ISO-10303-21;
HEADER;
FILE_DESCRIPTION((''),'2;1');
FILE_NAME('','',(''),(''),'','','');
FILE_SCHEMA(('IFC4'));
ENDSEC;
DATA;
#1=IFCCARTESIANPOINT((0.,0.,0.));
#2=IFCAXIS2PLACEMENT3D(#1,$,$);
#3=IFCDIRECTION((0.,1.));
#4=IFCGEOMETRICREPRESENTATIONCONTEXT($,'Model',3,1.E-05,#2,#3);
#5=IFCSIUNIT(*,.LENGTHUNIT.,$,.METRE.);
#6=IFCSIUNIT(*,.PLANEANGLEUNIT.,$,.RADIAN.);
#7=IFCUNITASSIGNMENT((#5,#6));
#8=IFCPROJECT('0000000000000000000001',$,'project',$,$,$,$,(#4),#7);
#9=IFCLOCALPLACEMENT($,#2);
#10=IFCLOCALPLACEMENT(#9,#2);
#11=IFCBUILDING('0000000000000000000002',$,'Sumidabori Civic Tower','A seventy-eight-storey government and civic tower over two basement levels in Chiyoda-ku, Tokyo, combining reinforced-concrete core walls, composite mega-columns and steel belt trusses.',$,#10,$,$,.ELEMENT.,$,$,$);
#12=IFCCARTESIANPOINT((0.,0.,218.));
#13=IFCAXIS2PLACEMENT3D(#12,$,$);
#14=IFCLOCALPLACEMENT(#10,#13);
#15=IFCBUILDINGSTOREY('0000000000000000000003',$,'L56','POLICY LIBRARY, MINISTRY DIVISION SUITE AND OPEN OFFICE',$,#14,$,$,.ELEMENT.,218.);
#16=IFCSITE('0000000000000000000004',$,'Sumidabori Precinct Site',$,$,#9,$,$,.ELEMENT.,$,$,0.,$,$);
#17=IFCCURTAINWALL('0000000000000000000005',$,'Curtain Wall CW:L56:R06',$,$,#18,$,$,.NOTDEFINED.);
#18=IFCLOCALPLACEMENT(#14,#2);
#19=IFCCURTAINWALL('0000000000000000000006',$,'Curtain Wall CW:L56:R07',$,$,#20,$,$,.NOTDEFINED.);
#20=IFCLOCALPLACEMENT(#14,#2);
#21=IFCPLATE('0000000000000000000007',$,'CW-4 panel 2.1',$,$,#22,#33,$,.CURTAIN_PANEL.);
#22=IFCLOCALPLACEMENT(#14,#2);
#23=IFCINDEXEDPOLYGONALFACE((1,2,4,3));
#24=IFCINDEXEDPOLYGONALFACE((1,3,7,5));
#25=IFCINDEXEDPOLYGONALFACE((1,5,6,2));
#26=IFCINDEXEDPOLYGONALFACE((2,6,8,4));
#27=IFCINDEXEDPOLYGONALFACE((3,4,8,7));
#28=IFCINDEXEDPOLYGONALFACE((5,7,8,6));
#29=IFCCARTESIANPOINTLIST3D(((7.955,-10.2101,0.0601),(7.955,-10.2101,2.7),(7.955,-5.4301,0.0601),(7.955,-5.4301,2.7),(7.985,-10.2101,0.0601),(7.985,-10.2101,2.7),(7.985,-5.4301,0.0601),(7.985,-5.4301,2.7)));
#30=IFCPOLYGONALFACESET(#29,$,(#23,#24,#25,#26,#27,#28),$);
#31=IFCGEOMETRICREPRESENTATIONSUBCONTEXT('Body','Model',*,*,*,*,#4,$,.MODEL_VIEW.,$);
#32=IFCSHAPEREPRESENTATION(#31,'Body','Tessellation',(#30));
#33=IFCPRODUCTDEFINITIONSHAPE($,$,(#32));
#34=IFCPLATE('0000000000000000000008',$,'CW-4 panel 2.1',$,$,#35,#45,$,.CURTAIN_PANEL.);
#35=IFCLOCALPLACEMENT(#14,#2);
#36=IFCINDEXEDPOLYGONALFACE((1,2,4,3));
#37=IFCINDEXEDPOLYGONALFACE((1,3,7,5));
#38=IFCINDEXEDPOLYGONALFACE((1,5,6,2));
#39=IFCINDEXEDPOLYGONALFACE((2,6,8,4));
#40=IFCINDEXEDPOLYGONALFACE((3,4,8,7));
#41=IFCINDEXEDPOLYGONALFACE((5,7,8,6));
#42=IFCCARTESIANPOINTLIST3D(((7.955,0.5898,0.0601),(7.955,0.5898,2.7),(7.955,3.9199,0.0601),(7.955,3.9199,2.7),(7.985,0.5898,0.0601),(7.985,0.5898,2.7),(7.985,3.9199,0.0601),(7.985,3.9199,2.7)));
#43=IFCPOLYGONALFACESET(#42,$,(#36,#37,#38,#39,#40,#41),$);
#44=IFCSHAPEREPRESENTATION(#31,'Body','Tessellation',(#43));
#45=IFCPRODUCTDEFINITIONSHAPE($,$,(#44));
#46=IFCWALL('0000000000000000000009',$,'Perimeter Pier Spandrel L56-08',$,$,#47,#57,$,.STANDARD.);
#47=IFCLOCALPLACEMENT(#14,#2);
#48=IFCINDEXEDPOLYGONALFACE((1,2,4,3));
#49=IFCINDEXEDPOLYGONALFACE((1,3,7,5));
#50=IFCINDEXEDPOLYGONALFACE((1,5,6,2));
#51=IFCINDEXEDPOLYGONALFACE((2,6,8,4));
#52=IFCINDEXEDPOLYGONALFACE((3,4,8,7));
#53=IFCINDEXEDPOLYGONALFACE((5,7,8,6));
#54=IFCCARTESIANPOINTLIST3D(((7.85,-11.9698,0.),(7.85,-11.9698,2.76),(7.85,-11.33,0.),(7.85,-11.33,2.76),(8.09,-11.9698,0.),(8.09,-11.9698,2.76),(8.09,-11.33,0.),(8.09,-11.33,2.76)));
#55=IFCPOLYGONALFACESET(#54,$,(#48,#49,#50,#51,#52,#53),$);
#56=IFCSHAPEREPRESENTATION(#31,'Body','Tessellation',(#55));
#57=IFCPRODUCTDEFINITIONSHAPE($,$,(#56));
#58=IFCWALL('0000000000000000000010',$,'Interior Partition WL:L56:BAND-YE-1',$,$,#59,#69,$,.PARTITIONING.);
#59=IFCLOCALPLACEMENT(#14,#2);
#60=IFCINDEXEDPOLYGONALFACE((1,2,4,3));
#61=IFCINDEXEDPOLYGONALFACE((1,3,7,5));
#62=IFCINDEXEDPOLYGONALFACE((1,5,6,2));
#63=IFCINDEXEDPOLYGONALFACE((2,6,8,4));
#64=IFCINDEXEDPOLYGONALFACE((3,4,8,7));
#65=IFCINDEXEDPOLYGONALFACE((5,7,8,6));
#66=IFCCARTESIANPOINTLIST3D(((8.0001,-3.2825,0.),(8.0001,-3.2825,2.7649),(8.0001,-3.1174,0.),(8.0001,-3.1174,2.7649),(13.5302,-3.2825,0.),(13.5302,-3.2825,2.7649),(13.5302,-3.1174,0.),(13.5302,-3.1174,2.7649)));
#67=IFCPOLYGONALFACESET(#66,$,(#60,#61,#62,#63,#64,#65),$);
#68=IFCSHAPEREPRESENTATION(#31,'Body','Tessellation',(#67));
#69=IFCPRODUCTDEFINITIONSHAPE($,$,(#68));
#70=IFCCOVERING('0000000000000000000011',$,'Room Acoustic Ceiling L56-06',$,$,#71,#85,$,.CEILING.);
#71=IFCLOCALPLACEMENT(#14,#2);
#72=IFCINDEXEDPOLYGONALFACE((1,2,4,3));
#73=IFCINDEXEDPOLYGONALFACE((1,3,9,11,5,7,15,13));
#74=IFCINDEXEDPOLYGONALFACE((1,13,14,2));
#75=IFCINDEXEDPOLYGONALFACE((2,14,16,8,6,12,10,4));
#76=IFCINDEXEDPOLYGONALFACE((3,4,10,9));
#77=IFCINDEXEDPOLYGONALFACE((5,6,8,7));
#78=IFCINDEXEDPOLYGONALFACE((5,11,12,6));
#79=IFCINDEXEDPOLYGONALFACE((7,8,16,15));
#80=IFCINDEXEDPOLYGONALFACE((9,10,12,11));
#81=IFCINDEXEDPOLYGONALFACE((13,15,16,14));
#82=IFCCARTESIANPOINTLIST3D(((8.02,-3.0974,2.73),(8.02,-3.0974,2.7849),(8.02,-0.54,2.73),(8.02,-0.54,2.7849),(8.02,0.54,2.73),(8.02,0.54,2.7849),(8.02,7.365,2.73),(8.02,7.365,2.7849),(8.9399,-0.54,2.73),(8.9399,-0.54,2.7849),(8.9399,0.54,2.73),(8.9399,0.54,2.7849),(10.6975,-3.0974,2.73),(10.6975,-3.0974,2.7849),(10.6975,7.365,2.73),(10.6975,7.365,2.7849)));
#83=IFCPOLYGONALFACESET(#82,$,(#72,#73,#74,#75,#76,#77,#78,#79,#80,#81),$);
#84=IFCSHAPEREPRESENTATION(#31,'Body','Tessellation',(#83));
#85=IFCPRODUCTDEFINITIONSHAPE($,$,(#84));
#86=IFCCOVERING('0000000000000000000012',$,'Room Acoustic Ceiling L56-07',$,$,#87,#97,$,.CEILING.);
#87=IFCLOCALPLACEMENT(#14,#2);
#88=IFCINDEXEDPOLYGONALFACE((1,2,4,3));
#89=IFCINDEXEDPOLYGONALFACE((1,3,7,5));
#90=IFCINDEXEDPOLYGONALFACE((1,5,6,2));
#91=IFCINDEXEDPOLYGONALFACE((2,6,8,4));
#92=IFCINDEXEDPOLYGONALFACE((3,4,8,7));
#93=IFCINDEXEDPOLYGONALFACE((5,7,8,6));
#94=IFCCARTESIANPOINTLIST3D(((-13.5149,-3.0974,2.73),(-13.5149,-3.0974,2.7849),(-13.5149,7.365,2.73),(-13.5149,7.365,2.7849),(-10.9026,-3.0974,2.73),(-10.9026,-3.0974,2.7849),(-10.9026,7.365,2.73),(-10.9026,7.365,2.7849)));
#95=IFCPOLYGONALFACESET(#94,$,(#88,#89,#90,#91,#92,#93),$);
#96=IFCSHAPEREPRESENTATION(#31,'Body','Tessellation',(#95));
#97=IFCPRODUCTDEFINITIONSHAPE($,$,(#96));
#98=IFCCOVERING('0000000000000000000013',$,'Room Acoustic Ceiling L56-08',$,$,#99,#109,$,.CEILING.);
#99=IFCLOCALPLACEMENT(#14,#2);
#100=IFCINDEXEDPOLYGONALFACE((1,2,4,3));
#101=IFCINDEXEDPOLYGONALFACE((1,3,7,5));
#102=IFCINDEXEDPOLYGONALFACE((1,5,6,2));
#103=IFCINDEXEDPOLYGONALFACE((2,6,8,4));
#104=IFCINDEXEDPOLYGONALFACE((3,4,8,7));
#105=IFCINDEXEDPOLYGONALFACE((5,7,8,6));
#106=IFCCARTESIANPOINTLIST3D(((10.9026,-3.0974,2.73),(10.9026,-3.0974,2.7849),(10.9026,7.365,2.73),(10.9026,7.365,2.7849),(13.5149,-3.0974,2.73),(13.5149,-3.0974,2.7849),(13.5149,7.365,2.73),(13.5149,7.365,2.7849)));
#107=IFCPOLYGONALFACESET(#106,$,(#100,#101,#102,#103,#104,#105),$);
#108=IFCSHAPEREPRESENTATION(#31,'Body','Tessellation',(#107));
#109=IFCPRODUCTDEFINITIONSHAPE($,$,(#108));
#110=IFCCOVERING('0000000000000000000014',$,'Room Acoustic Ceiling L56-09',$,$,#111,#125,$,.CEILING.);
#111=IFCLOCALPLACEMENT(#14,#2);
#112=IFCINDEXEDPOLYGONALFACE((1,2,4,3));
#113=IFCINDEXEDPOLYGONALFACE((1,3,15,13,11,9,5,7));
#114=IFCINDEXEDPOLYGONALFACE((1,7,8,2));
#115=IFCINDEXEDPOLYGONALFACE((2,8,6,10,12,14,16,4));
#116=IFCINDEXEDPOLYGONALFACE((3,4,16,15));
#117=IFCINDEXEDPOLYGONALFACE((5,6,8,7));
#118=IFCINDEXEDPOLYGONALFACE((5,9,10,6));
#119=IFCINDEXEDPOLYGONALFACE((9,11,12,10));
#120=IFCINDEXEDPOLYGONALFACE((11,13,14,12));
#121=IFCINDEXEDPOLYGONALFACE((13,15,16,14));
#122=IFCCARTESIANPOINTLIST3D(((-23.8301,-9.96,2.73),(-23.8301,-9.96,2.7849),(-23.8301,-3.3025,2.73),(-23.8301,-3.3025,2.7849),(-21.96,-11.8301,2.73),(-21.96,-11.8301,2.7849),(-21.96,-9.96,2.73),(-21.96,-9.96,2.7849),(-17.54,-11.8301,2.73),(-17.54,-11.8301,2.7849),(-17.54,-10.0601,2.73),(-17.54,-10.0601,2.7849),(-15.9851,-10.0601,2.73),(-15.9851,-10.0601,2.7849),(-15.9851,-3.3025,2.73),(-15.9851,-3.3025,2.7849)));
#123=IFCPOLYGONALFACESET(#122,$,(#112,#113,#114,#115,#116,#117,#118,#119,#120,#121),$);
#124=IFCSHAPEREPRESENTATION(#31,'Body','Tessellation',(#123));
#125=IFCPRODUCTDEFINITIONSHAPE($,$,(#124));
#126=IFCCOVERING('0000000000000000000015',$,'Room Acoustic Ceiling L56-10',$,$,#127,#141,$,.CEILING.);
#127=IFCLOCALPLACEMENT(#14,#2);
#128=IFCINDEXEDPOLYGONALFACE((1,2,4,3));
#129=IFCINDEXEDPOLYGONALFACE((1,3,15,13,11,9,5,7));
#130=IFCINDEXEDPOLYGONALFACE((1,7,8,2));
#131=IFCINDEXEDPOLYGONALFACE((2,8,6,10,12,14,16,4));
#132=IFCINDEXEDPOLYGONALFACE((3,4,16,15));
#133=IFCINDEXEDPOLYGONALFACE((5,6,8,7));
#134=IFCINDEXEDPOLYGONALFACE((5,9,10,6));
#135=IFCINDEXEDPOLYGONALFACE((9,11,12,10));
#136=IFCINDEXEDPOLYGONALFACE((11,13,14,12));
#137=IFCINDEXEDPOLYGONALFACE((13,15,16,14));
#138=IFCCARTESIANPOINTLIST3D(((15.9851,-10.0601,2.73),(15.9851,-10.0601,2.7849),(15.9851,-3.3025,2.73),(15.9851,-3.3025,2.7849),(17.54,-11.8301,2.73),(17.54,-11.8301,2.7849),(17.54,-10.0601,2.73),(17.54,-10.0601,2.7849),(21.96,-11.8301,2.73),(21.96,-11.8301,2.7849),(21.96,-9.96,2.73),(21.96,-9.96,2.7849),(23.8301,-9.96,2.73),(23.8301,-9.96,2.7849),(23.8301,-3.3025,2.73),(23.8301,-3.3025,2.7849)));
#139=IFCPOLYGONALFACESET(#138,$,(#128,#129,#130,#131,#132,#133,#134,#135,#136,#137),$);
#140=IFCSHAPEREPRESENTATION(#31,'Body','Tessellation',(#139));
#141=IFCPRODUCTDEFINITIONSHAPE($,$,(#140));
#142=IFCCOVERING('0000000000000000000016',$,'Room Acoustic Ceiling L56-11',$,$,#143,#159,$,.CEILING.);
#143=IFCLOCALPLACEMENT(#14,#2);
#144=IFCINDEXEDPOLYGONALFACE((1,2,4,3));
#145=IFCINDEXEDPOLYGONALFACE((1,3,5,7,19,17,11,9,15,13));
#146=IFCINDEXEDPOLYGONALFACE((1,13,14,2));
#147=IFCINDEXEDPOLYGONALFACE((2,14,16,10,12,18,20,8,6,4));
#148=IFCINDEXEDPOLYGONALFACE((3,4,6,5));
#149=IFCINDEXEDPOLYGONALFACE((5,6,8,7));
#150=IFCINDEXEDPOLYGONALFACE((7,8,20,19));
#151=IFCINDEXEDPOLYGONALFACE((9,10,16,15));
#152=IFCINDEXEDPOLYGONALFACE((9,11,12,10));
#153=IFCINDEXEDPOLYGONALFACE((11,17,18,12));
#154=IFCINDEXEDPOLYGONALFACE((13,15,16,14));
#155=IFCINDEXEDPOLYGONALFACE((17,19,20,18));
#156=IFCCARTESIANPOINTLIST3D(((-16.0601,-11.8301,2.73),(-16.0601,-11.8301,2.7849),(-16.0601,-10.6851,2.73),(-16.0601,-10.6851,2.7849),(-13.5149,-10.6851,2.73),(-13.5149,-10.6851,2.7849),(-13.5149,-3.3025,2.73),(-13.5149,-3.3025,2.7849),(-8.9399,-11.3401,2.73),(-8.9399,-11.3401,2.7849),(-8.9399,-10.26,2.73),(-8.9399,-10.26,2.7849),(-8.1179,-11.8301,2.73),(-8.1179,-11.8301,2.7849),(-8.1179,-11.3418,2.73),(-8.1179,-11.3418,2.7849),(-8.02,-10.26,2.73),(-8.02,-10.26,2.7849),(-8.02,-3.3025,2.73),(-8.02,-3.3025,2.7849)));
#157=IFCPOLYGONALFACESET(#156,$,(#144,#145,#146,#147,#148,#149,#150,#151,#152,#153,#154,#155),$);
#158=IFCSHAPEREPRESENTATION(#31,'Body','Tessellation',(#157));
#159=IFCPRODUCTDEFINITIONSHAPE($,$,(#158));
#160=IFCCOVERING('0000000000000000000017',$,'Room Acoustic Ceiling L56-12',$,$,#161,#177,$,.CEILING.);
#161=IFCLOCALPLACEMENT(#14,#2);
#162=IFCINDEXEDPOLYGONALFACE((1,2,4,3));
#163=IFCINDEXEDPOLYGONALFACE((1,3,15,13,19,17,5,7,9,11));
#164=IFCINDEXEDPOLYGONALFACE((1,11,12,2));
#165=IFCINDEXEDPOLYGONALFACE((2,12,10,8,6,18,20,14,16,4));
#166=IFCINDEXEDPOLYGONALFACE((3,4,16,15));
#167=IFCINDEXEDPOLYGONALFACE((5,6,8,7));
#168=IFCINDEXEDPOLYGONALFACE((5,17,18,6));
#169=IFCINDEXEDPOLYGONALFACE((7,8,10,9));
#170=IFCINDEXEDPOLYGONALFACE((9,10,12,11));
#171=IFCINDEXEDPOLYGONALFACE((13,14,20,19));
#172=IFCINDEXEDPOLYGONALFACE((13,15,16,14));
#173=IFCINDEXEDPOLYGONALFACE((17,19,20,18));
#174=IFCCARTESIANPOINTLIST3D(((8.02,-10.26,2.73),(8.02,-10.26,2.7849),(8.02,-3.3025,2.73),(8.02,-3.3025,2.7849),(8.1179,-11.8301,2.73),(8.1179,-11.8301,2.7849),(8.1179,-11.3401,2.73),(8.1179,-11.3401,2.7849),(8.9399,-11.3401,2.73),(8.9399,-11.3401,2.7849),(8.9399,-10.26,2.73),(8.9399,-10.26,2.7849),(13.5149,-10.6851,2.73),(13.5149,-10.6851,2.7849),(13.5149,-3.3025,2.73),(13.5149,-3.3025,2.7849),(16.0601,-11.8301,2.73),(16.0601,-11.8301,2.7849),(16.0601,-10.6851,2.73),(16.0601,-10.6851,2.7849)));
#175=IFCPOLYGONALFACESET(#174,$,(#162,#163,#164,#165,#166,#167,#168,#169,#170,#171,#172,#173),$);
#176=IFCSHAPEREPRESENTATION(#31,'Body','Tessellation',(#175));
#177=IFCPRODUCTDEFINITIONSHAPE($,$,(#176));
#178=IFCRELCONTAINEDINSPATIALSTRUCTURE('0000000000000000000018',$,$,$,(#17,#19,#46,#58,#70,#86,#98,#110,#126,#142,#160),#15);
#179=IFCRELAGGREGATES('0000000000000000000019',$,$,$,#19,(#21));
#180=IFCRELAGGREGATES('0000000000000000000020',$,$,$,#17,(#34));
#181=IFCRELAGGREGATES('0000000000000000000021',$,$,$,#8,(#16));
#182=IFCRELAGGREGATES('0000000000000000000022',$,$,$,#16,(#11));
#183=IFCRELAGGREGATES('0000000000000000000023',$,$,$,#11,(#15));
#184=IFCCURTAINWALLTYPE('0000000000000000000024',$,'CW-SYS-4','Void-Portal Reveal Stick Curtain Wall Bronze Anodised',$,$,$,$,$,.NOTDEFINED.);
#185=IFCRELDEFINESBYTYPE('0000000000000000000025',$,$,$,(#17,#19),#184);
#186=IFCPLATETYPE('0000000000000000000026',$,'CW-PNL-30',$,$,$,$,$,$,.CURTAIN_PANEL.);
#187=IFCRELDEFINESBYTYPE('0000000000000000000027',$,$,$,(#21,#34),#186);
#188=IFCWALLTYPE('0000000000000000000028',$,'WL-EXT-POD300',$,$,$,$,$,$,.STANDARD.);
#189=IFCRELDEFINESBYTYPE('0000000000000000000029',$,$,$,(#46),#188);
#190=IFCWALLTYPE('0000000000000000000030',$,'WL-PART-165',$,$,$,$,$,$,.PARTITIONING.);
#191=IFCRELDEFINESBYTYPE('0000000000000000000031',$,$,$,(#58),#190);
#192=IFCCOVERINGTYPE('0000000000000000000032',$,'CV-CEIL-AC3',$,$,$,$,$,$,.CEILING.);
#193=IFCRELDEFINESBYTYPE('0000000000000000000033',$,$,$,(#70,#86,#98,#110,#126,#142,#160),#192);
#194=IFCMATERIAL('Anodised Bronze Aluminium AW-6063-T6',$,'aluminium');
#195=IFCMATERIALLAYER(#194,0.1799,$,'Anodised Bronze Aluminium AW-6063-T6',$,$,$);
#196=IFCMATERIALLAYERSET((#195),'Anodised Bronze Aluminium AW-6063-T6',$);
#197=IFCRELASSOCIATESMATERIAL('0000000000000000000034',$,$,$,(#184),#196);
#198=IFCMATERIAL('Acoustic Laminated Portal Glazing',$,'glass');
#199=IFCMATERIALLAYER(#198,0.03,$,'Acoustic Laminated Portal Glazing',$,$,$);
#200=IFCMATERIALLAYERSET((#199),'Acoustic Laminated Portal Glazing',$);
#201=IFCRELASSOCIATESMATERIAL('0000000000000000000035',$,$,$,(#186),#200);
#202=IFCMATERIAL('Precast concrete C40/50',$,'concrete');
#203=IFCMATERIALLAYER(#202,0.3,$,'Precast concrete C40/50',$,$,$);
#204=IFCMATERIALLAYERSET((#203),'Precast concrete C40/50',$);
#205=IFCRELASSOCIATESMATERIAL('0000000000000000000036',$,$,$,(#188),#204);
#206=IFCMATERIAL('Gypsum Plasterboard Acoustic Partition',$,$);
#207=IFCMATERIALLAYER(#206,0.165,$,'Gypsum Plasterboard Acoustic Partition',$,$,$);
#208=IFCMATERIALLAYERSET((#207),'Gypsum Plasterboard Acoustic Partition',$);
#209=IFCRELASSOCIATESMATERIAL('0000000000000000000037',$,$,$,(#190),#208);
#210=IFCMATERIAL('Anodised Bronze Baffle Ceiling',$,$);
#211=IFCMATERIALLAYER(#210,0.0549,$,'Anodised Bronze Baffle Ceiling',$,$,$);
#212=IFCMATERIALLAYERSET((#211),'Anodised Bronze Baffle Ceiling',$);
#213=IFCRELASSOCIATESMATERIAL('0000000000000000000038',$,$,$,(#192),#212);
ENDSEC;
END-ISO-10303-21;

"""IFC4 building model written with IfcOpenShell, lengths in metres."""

from ifc_helpers import new_model, si_unit, direction, frame, frame_2d, origin, origin_2d, place, context, subcontext, project, spatial, polyline, rectangle, outline, extrude, source, transform, mapped, material, layer, layer_set, type_object, element, aggregate, save


model = new_model("IFC4")

# Units and contexts
model_context = context("Model", 3, precision=1e-05, world=origin(), true_north=direction((0.0, 1.0)))
body_context = subcontext(model_context, "Body", "Model", "MODEL_VIEW")
ifc_project = project(units=[si_unit("LENGTHUNIT", "METRE"), si_unit("PLANEANGLEUNIT", "RADIAN")], contexts=[model_context])

# Site, building, storey
site_placement = place(None, origin())
site = spatial("IfcSite", under=ifc_project, at=site_placement, Name="Sumidabori Precinct Site", CompositionType="ELEMENT", RefElevation=0.0)
building_placement = place(site_placement, origin())
building = spatial("IfcBuilding", under=site, at=building_placement, Name="Sumidabori Civic Tower", Description="A seventy-eight-storey government and civic tower over two basement levels in Chiyoda-ku, Tokyo, combining reinforced-concrete core walls, composite mega-columns and steel belt trusses.", CompositionType="ELEMENT")
storey_placement = place(building_placement, frame((0.0, 0.0, 218.0)))
storey = spatial("IfcBuildingStorey", under=building, at=storey_placement, Name="L56", Description="POLICY LIBRARY, MINISTRY DIVISION SUITE AND OPEN OFFICE", CompositionType="ELEMENT", Elevation=218.0)

# Curtain walls
ifc_material_1 = material(Name="Anodised Bronze Aluminium AW-6063-T6", Category="aluminium")
ifc_layer_1 = layer(ifc_material_1, 0.1799, Name="Anodised Bronze Aluminium AW-6063-T6")
ifc_layer_set_1 = layer_set([ifc_layer_1], Name="Anodised Bronze Aluminium AW-6063-T6")
curtain_wall_type_1 = type_object("IfcCurtainWallType", Name="CW-SYS-4", Description="Void-Portal Reveal Stick Curtain Wall Bronze Anodised", PredefinedType="NOTDEFINED", material=ifc_layer_set_1)
curtain_wall_1_placement = place(storey_placement, origin())
curtain_wall_1 = element("IfcCurtainWall", 1, at=curtain_wall_1_placement, inside=storey, type_object=curtain_wall_type_1, Name="Curtain Wall CW:L56:R06", PredefinedType="NOTDEFINED")
curtain_wall_2_placement = place(storey_placement, origin())
curtain_wall_2 = element("IfcCurtainWall", 2, at=curtain_wall_2_placement, inside=storey, type_object=curtain_wall_type_1, Name="Curtain Wall CW:L56:R07", PredefinedType="NOTDEFINED")

# Plates
ifc_material_2 = material(Name="Acoustic Laminated Portal Glazing", Category="glass")
ifc_layer_2 = layer(ifc_material_2, 0.03, Name="Acoustic Laminated Portal Glazing")
ifc_layer_set_2 = layer_set([ifc_layer_2], Name="Acoustic Laminated Portal Glazing")
plate_type = type_object("IfcPlateType", Name="CW-PNL-30", PredefinedType="CURTAIN_PANEL", material=ifc_layer_set_2)
shared_shape_1 = source(origin(), body_context, "Body", "SweptSolid", [
    extrude(rectangle(XDim=4.78, YDim=0.03, at=origin_2d()), origin(), (0.0, 0.0, 1.0), 2.6399),
])
plate_1_placement = place(storey_placement, frame((7.97, -7.8201, 0.0601), z_axis=(0.0, 0.0, 1.0), x_axis=(0.0, -1.0, 0.0)))
plate_1 = element("IfcPlate", 3, at=plate_1_placement, type_object=plate_type, Name="CW-4 panel 2.1", PredefinedType="CURTAIN_PANEL", context=body_context, shape_type="MappedRepresentation", body=[
    mapped(shared_shape_1, transform((0.0, 0.0, 0.0), x_axis=(1.0, 0.0, 0.0), y_axis=(0.0, 1.0, 0.0), z_axis=(0.0, 0.0, 1.0), scale=1.0)),
])
aggregate(curtain_wall_2, [plate_1])
shared_shape_2 = source(origin(), body_context, "Body", "SweptSolid", [
    extrude(rectangle(XDim=3.3301, YDim=0.03, at=origin_2d()), origin(), (0.0, 0.0, 1.0), 2.6399),
])
plate_2_placement = place(storey_placement, frame((7.97, 2.2549, 0.0601), z_axis=(0.0, 0.0, 1.0), x_axis=(0.0, -1.0, 0.0)))
plate_2 = element("IfcPlate", 4, at=plate_2_placement, type_object=plate_type, Name="CW-4 panel 2.1", PredefinedType="CURTAIN_PANEL", context=body_context, shape_type="MappedRepresentation", body=[
    mapped(shared_shape_2, transform((0.0, 0.0, 0.0), x_axis=(1.0, 0.0, 0.0), y_axis=(0.0, 1.0, 0.0), z_axis=(0.0, 0.0, 1.0), scale=1.0)),
])
aggregate(curtain_wall_1, [plate_2])

# Walls
ifc_material_3 = material(Name="Precast concrete C40/50", Category="concrete")
ifc_layer_3 = layer(ifc_material_3, 0.3, Name="Precast concrete C40/50")
ifc_layer_set_3 = layer_set([ifc_layer_3], Name="Precast concrete C40/50")
wall_type_1 = type_object("IfcWallType", Name="WL-EXT-POD300", PredefinedType="STANDARD", material=ifc_layer_set_3)
shared_shape_3 = source(origin(), body_context, "Body", "SweptSolid", [
    extrude(rectangle(XDim=0.6399, YDim=0.24, at=frame_2d((0.3198, 0.0))), origin(), (0.0, 0.0, 1.0), 2.76),
])
wall_1_placement = place(storey_placement, frame((7.97, -11.3301, 0.0), z_axis=(0.0, 0.0, 1.0), x_axis=(0.0, -1.0, 0.0)))
element("IfcWall", 5, at=wall_1_placement, inside=storey, type_object=wall_type_1, Name="Perimeter Pier Spandrel L56-08", PredefinedType="STANDARD", context=body_context, shape_type="MappedRepresentation", body=[
    mapped(shared_shape_3, transform((0.0, 0.0, 0.0), x_axis=(1.0, 0.0, 0.0), y_axis=(0.0, 1.0, 0.0), z_axis=(0.0, 0.0, 1.0), scale=1.0)),
])
ifc_material_4 = material(Name="Gypsum Plasterboard Acoustic Partition")
ifc_layer_4 = layer(ifc_material_4, 0.165, Name="Gypsum Plasterboard Acoustic Partition")
ifc_layer_set_4 = layer_set([ifc_layer_4], Name="Gypsum Plasterboard Acoustic Partition")
wall_type_2 = type_object("IfcWallType", Name="WL-PART-165", PredefinedType="PARTITIONING", material=ifc_layer_set_4)
shared_shape_4 = source(origin(), body_context, "Body", "SweptSolid", [
    extrude(rectangle(XDim=5.53, YDim=0.165, at=frame_2d((2.7651, 0.0))), origin(), (0.0, 0.0, 1.0), 2.7649),
])
wall_2_placement = place(storey_placement, frame((8.0, -3.2, 0.0), z_axis=(0.0, 0.0, 1.0), x_axis=(1.0, 0.0, 0.0)))
element("IfcWall", 6, at=wall_2_placement, inside=storey, type_object=wall_type_2, Name="Interior Partition WL:L56:BAND-YE-1", PredefinedType="PARTITIONING", context=body_context, shape_type="MappedRepresentation", body=[
    mapped(shared_shape_4, transform((0.0, 0.0, 0.0), x_axis=(1.0, 0.0, 0.0), y_axis=(0.0, 1.0, 0.0), z_axis=(0.0, 0.0, 1.0), scale=1.0)),
])

# Coverings
ifc_material_5 = material(Name="Anodised Bronze Baffle Ceiling")
ifc_layer_5 = layer(ifc_material_5, 0.0549, Name="Anodised Bronze Baffle Ceiling")
ifc_layer_set_5 = layer_set([ifc_layer_5], Name="Anodised Bronze Baffle Ceiling")
covering_type_1 = type_object("IfcCoveringType", Name="CV-CEIL-AC3", PredefinedType="CEILING", material=ifc_layer_set_5)
covering_1_placement = place(storey_placement, frame((0.0, 0.0, 2.73)))
element("IfcCovering", 7, at=covering_1_placement, inside=storey, type_object=covering_type_1, Name="Room Acoustic Ceiling L56-06", PredefinedType="CEILING", context=body_context, shape_type="SweptSolid", body=[
    extrude(outline(polyline([(8.02, -3.0974), (8.02, -0.54), (8.9399, -0.54), (8.9399, 0.54), (8.02, 0.54), (8.02, 7.365), (10.6975, 7.365), (10.6975, -3.0974), (8.02, -3.0974)])), origin(), (0.0, 0.0, 1.0), 0.0549),
])
covering_2_placement = place(storey_placement, frame((0.0, 0.0, 2.73)))
element("IfcCovering", 8, at=covering_2_placement, inside=storey, type_object=covering_type_1, Name="Room Acoustic Ceiling L56-07", PredefinedType="CEILING", context=body_context, shape_type="SweptSolid", body=[
    extrude(outline(polyline([(-13.5149, 7.365), (-10.9026, 7.365), (-10.9026, -3.0974), (-13.5149, -3.0974), (-13.5149, 7.365)])), origin(), (0.0, 0.0, 1.0), 0.0549),
])
covering_3_placement = place(storey_placement, frame((0.0, 0.0, 2.73)))
element("IfcCovering", 9, at=covering_3_placement, inside=storey, type_object=covering_type_1, Name="Room Acoustic Ceiling L56-08", PredefinedType="CEILING", context=body_context, shape_type="SweptSolid", body=[
    extrude(outline(polyline([(10.9026, -3.0974), (10.9026, 7.365), (13.5149, 7.365), (13.5149, -3.0974), (10.9026, -3.0974)])), origin(), (0.0, 0.0, 1.0), 0.0549),
])
covering_4_placement = place(storey_placement, frame((0.0, 0.0, 2.73)))
element("IfcCovering", 10, at=covering_4_placement, inside=storey, type_object=covering_type_1, Name="Room Acoustic Ceiling L56-09", PredefinedType="CEILING", context=body_context, shape_type="SweptSolid", body=[
    extrude(outline(polyline([(-23.8301, -3.3025), (-15.9851, -3.3025), (-15.9851, -10.0601), (-17.54, -10.0601), (-17.54, -11.8301), (-21.96, -11.8301), (-21.96, -9.96), (-23.8301, -9.96), (-23.8301, -3.3025)])), origin(), (0.0, 0.0, 1.0), 0.0549),
])
covering_5_placement = place(storey_placement, frame((0.0, 0.0, 2.73)))
element("IfcCovering", 11, at=covering_5_placement, inside=storey, type_object=covering_type_1, Name="Room Acoustic Ceiling L56-10", PredefinedType="CEILING", context=body_context, shape_type="SweptSolid", body=[
    extrude(outline(polyline([(17.54, -10.0601), (15.9851, -10.0601), (15.9851, -3.3025), (23.8301, -3.3025), (23.8301, -9.96), (21.96, -9.96), (21.96, -11.8301), (17.54, -11.8301), (17.54, -10.0601)])), origin(), (0.0, 0.0, 1.0), 0.0549),
])
covering_6_placement = place(storey_placement, frame((0.0, 0.0, 2.73)))
element("IfcCovering", 12, at=covering_6_placement, inside=storey, type_object=covering_type_1, Name="Room Acoustic Ceiling L56-11", PredefinedType="CEILING", context=body_context, shape_type="SweptSolid", body=[
    extrude(outline(polyline([(-16.0601, -10.6851), (-13.5149, -10.6851), (-13.5149, -3.3025), (-8.02, -3.3025), (-8.02, -10.26), (-8.9399, -10.26), (-8.9399, -11.3401), (-8.1179, -11.3418), (-8.1179, -11.8301), (-16.0601, -11.8301), (-16.0601, -10.6851)])), origin(), (0.0, 0.0, 1.0), 0.0549),
])
covering_7_placement = place(storey_placement, frame((0.0, 0.0, 2.73)))
element("IfcCovering", 13, at=covering_7_placement, inside=storey, type_object=covering_type_1, Name="Room Acoustic Ceiling L56-12", PredefinedType="CEILING", context=body_context, shape_type="SweptSolid", body=[
    extrude(outline(polyline([(8.9399, -11.3401), (8.9399, -10.26), (8.02, -10.26), (8.02, -3.3025), (13.5149, -3.3025), (13.5149, -10.6851), (16.0601, -10.6851), (16.0601, -11.8301), (8.1179, -11.8301), (8.1179, -11.3401), (8.9399, -11.3401)])), origin(), (0.0, 0.0, 1.0), 0.0549),
])

save(model, "model.ifc")
